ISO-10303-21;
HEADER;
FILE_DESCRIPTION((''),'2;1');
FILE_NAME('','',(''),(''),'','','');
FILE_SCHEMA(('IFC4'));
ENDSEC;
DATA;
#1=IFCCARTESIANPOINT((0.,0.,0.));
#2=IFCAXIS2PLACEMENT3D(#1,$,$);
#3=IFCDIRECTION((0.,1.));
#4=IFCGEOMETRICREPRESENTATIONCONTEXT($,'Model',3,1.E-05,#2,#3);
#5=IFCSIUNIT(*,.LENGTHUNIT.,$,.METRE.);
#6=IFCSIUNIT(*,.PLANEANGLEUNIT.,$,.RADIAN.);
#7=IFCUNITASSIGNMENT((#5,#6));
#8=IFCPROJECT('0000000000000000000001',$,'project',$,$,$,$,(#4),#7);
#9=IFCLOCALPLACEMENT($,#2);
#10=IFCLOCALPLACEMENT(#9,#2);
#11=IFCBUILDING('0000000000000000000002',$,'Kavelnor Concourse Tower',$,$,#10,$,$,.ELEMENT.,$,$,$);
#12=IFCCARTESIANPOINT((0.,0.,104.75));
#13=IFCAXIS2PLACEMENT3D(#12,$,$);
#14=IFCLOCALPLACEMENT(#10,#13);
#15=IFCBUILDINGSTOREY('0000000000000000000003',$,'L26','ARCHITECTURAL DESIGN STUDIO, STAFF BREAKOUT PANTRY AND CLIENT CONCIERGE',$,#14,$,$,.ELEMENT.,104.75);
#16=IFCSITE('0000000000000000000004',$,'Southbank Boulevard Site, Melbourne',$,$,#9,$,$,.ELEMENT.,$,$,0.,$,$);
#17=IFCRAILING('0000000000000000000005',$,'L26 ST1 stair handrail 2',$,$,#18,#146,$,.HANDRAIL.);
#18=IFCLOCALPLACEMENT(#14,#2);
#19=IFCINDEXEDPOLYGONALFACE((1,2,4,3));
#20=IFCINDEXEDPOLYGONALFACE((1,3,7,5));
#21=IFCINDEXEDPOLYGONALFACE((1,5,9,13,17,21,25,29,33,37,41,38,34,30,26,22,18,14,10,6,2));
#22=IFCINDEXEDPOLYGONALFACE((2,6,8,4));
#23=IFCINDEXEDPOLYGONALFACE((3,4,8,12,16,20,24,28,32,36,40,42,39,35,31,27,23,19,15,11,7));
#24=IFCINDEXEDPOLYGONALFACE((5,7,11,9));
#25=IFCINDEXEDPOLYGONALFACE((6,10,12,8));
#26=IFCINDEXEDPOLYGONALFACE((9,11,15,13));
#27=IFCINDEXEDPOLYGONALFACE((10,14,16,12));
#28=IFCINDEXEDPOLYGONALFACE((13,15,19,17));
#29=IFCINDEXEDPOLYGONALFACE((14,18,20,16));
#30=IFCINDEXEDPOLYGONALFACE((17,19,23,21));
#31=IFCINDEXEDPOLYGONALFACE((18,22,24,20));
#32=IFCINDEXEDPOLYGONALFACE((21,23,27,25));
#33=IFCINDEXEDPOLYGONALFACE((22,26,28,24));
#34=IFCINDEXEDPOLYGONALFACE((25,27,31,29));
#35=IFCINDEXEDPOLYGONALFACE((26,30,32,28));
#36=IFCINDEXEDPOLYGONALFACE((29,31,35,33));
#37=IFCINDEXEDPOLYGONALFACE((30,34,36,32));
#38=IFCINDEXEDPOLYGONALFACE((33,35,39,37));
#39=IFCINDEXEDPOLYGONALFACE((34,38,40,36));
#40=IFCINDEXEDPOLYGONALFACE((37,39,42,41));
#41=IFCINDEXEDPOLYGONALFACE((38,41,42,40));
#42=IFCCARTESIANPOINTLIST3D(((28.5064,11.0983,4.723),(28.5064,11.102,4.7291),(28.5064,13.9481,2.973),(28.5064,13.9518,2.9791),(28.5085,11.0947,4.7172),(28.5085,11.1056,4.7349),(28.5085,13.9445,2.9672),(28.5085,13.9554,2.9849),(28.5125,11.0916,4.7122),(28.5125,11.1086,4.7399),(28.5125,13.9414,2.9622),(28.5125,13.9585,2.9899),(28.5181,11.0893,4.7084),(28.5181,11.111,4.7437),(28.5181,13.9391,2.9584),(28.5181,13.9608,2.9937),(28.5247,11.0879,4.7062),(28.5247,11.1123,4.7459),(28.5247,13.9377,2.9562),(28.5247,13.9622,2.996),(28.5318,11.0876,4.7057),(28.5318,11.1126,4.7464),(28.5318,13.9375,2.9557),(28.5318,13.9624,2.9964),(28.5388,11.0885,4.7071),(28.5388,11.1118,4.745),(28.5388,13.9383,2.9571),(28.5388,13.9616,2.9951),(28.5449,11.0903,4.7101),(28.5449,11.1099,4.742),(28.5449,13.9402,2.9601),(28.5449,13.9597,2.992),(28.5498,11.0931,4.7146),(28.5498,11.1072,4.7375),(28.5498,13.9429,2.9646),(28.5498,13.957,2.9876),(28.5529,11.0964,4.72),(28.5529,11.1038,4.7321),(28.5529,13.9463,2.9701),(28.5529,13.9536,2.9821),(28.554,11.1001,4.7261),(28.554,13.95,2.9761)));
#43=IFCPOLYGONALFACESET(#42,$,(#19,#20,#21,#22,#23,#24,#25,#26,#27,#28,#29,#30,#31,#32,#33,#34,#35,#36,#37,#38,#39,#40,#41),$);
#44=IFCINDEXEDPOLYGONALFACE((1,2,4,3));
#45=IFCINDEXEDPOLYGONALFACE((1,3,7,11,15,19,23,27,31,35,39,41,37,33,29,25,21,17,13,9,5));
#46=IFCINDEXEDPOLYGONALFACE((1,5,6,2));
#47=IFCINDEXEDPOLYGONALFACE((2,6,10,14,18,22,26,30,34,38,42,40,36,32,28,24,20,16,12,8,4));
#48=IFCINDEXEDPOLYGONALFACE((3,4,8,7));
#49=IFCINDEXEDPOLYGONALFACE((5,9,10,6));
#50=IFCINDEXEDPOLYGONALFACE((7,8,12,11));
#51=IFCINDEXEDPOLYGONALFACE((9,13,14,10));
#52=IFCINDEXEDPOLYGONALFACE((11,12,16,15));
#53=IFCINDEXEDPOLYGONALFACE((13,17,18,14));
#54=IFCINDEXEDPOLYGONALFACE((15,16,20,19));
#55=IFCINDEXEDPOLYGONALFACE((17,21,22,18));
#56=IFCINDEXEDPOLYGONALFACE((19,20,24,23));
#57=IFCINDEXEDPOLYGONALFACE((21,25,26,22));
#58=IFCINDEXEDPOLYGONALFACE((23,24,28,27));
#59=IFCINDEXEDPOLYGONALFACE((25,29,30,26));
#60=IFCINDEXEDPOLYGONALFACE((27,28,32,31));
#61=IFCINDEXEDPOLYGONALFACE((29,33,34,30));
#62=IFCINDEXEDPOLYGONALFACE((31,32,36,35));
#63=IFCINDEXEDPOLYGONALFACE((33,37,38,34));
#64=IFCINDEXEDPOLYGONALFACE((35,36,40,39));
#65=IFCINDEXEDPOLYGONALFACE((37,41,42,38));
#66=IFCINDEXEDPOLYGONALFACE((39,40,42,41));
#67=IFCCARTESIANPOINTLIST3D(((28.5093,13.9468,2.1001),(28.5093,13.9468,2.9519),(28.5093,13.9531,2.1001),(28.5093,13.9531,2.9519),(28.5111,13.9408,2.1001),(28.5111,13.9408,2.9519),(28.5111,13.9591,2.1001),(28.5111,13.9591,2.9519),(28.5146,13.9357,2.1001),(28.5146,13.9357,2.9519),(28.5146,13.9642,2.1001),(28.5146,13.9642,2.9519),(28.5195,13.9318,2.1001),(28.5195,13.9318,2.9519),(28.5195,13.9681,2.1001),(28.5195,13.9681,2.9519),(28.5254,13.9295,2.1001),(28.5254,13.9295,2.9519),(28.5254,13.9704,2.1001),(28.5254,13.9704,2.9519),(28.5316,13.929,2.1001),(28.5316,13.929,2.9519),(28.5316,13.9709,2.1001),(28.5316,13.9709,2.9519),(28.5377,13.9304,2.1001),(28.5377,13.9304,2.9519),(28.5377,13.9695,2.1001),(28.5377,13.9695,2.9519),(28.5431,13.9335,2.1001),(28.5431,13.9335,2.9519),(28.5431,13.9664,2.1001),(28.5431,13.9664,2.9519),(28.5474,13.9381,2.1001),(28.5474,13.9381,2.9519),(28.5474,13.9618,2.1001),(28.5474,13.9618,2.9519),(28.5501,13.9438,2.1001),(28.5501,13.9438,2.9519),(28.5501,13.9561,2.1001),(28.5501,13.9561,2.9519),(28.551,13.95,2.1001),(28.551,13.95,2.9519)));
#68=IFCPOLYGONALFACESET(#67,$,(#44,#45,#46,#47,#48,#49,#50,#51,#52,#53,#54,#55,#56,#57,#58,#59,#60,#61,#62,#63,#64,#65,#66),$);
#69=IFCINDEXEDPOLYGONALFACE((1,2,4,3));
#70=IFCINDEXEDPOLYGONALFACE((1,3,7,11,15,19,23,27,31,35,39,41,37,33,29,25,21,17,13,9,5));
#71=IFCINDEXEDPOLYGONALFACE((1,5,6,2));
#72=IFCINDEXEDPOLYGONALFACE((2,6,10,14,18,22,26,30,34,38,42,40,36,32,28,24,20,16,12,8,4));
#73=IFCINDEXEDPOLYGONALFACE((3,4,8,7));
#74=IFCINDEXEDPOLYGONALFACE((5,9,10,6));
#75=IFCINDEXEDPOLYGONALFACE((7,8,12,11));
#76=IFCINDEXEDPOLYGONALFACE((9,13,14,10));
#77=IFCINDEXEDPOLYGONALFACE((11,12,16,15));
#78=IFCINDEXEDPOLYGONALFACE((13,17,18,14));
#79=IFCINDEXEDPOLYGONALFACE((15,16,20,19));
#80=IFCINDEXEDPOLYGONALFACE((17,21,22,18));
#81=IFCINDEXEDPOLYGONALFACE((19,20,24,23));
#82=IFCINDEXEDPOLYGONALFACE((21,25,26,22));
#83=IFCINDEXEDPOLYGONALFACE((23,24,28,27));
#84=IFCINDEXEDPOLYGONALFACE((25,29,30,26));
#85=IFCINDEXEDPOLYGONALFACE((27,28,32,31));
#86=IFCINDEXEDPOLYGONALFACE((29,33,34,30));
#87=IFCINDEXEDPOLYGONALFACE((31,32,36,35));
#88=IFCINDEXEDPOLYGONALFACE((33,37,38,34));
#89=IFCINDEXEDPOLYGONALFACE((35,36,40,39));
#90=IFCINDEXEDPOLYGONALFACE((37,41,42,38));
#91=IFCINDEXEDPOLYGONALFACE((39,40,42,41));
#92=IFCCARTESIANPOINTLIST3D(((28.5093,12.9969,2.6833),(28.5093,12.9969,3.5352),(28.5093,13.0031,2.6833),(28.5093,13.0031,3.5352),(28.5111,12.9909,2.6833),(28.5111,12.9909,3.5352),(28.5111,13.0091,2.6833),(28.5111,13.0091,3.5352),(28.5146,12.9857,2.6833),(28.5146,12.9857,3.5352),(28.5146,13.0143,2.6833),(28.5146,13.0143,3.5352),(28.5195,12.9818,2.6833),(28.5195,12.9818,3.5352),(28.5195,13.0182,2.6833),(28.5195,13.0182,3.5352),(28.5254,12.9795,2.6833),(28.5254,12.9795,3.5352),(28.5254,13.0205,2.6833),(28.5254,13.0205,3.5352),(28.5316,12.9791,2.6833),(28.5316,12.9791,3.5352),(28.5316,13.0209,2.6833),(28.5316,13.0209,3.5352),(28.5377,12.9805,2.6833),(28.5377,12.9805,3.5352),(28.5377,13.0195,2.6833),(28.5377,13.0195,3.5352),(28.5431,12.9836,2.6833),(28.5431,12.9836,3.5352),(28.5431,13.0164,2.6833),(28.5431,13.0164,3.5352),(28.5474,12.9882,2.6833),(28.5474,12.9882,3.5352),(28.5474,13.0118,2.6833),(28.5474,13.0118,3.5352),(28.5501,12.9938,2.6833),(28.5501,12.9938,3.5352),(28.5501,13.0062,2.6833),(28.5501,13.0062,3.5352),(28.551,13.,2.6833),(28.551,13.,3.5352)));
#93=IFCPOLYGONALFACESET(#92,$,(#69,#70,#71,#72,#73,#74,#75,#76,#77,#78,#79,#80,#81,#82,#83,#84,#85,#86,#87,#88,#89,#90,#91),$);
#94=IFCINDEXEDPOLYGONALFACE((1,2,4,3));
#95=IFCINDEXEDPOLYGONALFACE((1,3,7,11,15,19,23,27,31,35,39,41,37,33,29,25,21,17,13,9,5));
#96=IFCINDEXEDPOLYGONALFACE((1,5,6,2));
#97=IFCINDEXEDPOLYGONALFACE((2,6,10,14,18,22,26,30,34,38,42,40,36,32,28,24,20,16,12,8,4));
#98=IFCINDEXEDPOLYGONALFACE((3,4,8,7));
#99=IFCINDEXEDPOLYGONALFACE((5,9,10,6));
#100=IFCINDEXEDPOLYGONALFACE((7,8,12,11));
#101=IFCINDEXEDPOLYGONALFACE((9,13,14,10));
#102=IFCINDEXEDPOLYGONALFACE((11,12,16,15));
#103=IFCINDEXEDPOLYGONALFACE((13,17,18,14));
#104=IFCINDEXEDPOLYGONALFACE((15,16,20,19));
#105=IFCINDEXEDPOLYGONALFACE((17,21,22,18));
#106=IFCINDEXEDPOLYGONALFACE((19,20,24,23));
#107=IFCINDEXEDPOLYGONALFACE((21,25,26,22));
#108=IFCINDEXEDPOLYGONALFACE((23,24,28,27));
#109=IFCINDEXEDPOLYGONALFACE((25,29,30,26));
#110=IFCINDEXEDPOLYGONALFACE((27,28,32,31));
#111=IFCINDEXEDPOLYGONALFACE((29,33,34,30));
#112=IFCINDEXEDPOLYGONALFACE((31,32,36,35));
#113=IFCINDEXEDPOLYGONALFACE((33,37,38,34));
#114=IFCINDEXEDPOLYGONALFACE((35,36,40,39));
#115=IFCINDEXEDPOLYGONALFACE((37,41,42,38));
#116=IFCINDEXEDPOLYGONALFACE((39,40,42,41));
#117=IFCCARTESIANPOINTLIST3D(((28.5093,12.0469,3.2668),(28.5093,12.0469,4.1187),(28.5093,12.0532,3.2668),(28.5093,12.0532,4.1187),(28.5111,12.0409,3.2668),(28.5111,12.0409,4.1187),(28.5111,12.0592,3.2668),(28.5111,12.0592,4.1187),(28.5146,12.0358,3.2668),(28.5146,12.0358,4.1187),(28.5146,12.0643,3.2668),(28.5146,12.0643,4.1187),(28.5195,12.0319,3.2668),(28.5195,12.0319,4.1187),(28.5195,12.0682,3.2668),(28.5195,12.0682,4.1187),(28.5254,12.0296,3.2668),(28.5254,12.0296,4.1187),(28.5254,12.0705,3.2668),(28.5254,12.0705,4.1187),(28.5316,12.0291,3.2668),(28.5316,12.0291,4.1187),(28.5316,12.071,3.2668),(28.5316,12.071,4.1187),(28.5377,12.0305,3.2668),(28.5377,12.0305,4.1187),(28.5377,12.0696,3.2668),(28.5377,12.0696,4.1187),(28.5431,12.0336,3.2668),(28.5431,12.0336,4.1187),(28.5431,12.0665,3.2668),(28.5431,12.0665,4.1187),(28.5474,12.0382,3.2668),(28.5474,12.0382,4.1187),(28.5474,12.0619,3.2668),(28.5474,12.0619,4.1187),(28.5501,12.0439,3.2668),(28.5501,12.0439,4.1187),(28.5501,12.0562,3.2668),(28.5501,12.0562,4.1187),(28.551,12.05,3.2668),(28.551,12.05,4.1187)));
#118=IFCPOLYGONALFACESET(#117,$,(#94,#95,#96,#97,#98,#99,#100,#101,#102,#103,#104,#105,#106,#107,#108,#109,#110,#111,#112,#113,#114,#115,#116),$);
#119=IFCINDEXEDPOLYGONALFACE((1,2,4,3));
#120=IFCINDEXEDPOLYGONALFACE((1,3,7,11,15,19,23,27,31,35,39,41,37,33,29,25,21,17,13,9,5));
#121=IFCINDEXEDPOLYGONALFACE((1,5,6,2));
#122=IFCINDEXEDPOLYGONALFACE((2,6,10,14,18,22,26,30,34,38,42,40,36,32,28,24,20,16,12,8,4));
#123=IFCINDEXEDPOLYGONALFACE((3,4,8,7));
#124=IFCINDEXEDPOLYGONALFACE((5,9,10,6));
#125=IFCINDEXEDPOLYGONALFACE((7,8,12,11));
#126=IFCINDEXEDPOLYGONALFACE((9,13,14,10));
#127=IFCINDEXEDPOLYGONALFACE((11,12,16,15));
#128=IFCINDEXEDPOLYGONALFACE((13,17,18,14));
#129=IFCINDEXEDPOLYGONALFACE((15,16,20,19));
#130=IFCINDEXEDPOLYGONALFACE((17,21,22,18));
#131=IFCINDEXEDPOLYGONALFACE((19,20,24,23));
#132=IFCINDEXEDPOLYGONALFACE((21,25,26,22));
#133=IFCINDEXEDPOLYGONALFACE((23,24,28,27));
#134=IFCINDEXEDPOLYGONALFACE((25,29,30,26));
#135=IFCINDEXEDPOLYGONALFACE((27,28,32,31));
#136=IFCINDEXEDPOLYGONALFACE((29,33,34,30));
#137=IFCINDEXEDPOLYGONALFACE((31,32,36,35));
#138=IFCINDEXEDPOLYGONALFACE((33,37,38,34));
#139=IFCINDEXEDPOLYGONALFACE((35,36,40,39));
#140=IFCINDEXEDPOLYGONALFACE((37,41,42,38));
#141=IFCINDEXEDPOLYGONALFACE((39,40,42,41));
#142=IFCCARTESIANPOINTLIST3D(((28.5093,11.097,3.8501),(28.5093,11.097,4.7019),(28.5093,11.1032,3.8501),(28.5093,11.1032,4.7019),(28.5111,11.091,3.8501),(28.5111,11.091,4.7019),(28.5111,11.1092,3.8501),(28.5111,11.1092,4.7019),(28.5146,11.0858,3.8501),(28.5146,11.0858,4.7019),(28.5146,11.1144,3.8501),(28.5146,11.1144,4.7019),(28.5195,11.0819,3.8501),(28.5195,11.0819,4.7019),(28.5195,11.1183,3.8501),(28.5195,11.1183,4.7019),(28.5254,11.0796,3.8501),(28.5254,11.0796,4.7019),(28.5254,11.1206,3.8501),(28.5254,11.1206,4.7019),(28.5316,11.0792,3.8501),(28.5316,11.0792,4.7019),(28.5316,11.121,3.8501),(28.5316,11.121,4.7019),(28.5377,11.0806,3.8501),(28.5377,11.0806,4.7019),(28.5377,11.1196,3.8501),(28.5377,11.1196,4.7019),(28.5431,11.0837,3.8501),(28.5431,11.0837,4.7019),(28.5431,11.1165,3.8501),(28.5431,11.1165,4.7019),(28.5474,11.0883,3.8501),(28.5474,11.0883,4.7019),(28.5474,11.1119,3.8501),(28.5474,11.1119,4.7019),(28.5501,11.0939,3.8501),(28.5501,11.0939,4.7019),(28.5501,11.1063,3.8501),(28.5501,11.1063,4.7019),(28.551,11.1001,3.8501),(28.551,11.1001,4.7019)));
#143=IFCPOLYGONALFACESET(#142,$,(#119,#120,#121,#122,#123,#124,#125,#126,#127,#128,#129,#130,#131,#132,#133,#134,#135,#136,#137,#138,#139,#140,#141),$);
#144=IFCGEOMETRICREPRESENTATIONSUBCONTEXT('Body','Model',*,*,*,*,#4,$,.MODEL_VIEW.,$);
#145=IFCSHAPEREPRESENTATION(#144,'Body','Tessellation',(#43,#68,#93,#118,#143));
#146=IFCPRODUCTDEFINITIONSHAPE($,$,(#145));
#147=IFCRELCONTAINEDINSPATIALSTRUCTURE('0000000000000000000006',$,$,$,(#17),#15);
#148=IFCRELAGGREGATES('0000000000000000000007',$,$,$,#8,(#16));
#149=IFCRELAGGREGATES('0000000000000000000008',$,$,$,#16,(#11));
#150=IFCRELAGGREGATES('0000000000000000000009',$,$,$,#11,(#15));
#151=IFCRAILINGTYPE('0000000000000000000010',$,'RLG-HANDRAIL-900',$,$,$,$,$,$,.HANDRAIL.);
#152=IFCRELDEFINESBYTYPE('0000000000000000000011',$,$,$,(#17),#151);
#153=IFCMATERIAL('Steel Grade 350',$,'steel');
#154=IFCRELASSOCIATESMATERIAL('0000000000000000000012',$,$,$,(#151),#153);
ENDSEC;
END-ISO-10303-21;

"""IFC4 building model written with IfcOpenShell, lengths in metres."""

from ifc_helpers import new_model, si_unit, direction, frame, origin, origin_2d, place, context, subcontext, project, spatial, circle, extrude, material, type_object, element, save


model = new_model("IFC4")

# Units and contexts
model_context = context("Model", 3, precision=1e-05, world=origin(), true_north=direction((0.0, 1.0)))
body_context = subcontext(model_context, "Body", "Model", "MODEL_VIEW")
ifc_project = project(units=[si_unit("LENGTHUNIT", "METRE"), si_unit("PLANEANGLEUNIT", "RADIAN")], contexts=[model_context])

# Site, building, storey
site_placement = place(None, origin())
site = spatial("IfcSite", under=ifc_project, at=site_placement, Name="Southbank Boulevard Site, Melbourne", CompositionType="ELEMENT", RefElevation=0.0)
building_placement = place(site_placement, origin())
building = spatial("IfcBuilding", under=site, at=building_placement, Name="Kavelnor Concourse Tower", CompositionType="ELEMENT")
storey_placement = place(building_placement, frame((0.0, 0.0, 104.75)))
storey = spatial("IfcBuildingStorey", under=building, at=storey_placement, Name="L26", Description="ARCHITECTURAL DESIGN STUDIO, STAFF BREAKOUT PANTRY AND CLIENT CONCIERGE", CompositionType="ELEMENT", Elevation=104.75)

# Shared definitions
ifc_material_1 = material(Name="Steel Grade 350", Category="steel")

# Railing
railing_type_1 = type_object("IfcRailingType", Name="RLG-HANDRAIL-900", PredefinedType="HANDRAIL", material=ifc_material_1)
railing_1_placement = place(storey_placement, frame((28.53, 13.95, 2.1001)))
element("IfcRailing", 1, at=railing_1_placement, inside=storey, type_object=railing_type_1, Name="L26 ST1 stair handrail 2", PredefinedType="HANDRAIL", context=body_context, shape_type="SweptSolid", body=[
    extrude(circle(Radius=0.0239, at=origin_2d()), frame((0.0, 0.0, 0.876), z_axis=(0.0, -0.852159, 0.523283), x_axis=(1.0, 0.0, 0.0)), (0.0, 0.0, 1.0), 3.3442),
    extrude(circle(Radius=0.021, at=origin_2d()), origin(), (0.0, 0.0, 1.0), 0.8518),
    extrude(circle(Radius=0.021, at=origin_2d()), frame((0.0, -0.95, 0.5833)), (0.0, 0.0, 1.0), 0.8518),
    extrude(circle(Radius=0.021, at=origin_2d()), frame((0.0, -1.8999, 1.1667)), (0.0, 0.0, 1.0), 0.8518),
    extrude(circle(Radius=0.021, at=origin_2d()), frame((0.0, -2.8499, 1.75)), (0.0, 0.0, 1.0), 0.8518),
])

save(model, "model.ifc")
